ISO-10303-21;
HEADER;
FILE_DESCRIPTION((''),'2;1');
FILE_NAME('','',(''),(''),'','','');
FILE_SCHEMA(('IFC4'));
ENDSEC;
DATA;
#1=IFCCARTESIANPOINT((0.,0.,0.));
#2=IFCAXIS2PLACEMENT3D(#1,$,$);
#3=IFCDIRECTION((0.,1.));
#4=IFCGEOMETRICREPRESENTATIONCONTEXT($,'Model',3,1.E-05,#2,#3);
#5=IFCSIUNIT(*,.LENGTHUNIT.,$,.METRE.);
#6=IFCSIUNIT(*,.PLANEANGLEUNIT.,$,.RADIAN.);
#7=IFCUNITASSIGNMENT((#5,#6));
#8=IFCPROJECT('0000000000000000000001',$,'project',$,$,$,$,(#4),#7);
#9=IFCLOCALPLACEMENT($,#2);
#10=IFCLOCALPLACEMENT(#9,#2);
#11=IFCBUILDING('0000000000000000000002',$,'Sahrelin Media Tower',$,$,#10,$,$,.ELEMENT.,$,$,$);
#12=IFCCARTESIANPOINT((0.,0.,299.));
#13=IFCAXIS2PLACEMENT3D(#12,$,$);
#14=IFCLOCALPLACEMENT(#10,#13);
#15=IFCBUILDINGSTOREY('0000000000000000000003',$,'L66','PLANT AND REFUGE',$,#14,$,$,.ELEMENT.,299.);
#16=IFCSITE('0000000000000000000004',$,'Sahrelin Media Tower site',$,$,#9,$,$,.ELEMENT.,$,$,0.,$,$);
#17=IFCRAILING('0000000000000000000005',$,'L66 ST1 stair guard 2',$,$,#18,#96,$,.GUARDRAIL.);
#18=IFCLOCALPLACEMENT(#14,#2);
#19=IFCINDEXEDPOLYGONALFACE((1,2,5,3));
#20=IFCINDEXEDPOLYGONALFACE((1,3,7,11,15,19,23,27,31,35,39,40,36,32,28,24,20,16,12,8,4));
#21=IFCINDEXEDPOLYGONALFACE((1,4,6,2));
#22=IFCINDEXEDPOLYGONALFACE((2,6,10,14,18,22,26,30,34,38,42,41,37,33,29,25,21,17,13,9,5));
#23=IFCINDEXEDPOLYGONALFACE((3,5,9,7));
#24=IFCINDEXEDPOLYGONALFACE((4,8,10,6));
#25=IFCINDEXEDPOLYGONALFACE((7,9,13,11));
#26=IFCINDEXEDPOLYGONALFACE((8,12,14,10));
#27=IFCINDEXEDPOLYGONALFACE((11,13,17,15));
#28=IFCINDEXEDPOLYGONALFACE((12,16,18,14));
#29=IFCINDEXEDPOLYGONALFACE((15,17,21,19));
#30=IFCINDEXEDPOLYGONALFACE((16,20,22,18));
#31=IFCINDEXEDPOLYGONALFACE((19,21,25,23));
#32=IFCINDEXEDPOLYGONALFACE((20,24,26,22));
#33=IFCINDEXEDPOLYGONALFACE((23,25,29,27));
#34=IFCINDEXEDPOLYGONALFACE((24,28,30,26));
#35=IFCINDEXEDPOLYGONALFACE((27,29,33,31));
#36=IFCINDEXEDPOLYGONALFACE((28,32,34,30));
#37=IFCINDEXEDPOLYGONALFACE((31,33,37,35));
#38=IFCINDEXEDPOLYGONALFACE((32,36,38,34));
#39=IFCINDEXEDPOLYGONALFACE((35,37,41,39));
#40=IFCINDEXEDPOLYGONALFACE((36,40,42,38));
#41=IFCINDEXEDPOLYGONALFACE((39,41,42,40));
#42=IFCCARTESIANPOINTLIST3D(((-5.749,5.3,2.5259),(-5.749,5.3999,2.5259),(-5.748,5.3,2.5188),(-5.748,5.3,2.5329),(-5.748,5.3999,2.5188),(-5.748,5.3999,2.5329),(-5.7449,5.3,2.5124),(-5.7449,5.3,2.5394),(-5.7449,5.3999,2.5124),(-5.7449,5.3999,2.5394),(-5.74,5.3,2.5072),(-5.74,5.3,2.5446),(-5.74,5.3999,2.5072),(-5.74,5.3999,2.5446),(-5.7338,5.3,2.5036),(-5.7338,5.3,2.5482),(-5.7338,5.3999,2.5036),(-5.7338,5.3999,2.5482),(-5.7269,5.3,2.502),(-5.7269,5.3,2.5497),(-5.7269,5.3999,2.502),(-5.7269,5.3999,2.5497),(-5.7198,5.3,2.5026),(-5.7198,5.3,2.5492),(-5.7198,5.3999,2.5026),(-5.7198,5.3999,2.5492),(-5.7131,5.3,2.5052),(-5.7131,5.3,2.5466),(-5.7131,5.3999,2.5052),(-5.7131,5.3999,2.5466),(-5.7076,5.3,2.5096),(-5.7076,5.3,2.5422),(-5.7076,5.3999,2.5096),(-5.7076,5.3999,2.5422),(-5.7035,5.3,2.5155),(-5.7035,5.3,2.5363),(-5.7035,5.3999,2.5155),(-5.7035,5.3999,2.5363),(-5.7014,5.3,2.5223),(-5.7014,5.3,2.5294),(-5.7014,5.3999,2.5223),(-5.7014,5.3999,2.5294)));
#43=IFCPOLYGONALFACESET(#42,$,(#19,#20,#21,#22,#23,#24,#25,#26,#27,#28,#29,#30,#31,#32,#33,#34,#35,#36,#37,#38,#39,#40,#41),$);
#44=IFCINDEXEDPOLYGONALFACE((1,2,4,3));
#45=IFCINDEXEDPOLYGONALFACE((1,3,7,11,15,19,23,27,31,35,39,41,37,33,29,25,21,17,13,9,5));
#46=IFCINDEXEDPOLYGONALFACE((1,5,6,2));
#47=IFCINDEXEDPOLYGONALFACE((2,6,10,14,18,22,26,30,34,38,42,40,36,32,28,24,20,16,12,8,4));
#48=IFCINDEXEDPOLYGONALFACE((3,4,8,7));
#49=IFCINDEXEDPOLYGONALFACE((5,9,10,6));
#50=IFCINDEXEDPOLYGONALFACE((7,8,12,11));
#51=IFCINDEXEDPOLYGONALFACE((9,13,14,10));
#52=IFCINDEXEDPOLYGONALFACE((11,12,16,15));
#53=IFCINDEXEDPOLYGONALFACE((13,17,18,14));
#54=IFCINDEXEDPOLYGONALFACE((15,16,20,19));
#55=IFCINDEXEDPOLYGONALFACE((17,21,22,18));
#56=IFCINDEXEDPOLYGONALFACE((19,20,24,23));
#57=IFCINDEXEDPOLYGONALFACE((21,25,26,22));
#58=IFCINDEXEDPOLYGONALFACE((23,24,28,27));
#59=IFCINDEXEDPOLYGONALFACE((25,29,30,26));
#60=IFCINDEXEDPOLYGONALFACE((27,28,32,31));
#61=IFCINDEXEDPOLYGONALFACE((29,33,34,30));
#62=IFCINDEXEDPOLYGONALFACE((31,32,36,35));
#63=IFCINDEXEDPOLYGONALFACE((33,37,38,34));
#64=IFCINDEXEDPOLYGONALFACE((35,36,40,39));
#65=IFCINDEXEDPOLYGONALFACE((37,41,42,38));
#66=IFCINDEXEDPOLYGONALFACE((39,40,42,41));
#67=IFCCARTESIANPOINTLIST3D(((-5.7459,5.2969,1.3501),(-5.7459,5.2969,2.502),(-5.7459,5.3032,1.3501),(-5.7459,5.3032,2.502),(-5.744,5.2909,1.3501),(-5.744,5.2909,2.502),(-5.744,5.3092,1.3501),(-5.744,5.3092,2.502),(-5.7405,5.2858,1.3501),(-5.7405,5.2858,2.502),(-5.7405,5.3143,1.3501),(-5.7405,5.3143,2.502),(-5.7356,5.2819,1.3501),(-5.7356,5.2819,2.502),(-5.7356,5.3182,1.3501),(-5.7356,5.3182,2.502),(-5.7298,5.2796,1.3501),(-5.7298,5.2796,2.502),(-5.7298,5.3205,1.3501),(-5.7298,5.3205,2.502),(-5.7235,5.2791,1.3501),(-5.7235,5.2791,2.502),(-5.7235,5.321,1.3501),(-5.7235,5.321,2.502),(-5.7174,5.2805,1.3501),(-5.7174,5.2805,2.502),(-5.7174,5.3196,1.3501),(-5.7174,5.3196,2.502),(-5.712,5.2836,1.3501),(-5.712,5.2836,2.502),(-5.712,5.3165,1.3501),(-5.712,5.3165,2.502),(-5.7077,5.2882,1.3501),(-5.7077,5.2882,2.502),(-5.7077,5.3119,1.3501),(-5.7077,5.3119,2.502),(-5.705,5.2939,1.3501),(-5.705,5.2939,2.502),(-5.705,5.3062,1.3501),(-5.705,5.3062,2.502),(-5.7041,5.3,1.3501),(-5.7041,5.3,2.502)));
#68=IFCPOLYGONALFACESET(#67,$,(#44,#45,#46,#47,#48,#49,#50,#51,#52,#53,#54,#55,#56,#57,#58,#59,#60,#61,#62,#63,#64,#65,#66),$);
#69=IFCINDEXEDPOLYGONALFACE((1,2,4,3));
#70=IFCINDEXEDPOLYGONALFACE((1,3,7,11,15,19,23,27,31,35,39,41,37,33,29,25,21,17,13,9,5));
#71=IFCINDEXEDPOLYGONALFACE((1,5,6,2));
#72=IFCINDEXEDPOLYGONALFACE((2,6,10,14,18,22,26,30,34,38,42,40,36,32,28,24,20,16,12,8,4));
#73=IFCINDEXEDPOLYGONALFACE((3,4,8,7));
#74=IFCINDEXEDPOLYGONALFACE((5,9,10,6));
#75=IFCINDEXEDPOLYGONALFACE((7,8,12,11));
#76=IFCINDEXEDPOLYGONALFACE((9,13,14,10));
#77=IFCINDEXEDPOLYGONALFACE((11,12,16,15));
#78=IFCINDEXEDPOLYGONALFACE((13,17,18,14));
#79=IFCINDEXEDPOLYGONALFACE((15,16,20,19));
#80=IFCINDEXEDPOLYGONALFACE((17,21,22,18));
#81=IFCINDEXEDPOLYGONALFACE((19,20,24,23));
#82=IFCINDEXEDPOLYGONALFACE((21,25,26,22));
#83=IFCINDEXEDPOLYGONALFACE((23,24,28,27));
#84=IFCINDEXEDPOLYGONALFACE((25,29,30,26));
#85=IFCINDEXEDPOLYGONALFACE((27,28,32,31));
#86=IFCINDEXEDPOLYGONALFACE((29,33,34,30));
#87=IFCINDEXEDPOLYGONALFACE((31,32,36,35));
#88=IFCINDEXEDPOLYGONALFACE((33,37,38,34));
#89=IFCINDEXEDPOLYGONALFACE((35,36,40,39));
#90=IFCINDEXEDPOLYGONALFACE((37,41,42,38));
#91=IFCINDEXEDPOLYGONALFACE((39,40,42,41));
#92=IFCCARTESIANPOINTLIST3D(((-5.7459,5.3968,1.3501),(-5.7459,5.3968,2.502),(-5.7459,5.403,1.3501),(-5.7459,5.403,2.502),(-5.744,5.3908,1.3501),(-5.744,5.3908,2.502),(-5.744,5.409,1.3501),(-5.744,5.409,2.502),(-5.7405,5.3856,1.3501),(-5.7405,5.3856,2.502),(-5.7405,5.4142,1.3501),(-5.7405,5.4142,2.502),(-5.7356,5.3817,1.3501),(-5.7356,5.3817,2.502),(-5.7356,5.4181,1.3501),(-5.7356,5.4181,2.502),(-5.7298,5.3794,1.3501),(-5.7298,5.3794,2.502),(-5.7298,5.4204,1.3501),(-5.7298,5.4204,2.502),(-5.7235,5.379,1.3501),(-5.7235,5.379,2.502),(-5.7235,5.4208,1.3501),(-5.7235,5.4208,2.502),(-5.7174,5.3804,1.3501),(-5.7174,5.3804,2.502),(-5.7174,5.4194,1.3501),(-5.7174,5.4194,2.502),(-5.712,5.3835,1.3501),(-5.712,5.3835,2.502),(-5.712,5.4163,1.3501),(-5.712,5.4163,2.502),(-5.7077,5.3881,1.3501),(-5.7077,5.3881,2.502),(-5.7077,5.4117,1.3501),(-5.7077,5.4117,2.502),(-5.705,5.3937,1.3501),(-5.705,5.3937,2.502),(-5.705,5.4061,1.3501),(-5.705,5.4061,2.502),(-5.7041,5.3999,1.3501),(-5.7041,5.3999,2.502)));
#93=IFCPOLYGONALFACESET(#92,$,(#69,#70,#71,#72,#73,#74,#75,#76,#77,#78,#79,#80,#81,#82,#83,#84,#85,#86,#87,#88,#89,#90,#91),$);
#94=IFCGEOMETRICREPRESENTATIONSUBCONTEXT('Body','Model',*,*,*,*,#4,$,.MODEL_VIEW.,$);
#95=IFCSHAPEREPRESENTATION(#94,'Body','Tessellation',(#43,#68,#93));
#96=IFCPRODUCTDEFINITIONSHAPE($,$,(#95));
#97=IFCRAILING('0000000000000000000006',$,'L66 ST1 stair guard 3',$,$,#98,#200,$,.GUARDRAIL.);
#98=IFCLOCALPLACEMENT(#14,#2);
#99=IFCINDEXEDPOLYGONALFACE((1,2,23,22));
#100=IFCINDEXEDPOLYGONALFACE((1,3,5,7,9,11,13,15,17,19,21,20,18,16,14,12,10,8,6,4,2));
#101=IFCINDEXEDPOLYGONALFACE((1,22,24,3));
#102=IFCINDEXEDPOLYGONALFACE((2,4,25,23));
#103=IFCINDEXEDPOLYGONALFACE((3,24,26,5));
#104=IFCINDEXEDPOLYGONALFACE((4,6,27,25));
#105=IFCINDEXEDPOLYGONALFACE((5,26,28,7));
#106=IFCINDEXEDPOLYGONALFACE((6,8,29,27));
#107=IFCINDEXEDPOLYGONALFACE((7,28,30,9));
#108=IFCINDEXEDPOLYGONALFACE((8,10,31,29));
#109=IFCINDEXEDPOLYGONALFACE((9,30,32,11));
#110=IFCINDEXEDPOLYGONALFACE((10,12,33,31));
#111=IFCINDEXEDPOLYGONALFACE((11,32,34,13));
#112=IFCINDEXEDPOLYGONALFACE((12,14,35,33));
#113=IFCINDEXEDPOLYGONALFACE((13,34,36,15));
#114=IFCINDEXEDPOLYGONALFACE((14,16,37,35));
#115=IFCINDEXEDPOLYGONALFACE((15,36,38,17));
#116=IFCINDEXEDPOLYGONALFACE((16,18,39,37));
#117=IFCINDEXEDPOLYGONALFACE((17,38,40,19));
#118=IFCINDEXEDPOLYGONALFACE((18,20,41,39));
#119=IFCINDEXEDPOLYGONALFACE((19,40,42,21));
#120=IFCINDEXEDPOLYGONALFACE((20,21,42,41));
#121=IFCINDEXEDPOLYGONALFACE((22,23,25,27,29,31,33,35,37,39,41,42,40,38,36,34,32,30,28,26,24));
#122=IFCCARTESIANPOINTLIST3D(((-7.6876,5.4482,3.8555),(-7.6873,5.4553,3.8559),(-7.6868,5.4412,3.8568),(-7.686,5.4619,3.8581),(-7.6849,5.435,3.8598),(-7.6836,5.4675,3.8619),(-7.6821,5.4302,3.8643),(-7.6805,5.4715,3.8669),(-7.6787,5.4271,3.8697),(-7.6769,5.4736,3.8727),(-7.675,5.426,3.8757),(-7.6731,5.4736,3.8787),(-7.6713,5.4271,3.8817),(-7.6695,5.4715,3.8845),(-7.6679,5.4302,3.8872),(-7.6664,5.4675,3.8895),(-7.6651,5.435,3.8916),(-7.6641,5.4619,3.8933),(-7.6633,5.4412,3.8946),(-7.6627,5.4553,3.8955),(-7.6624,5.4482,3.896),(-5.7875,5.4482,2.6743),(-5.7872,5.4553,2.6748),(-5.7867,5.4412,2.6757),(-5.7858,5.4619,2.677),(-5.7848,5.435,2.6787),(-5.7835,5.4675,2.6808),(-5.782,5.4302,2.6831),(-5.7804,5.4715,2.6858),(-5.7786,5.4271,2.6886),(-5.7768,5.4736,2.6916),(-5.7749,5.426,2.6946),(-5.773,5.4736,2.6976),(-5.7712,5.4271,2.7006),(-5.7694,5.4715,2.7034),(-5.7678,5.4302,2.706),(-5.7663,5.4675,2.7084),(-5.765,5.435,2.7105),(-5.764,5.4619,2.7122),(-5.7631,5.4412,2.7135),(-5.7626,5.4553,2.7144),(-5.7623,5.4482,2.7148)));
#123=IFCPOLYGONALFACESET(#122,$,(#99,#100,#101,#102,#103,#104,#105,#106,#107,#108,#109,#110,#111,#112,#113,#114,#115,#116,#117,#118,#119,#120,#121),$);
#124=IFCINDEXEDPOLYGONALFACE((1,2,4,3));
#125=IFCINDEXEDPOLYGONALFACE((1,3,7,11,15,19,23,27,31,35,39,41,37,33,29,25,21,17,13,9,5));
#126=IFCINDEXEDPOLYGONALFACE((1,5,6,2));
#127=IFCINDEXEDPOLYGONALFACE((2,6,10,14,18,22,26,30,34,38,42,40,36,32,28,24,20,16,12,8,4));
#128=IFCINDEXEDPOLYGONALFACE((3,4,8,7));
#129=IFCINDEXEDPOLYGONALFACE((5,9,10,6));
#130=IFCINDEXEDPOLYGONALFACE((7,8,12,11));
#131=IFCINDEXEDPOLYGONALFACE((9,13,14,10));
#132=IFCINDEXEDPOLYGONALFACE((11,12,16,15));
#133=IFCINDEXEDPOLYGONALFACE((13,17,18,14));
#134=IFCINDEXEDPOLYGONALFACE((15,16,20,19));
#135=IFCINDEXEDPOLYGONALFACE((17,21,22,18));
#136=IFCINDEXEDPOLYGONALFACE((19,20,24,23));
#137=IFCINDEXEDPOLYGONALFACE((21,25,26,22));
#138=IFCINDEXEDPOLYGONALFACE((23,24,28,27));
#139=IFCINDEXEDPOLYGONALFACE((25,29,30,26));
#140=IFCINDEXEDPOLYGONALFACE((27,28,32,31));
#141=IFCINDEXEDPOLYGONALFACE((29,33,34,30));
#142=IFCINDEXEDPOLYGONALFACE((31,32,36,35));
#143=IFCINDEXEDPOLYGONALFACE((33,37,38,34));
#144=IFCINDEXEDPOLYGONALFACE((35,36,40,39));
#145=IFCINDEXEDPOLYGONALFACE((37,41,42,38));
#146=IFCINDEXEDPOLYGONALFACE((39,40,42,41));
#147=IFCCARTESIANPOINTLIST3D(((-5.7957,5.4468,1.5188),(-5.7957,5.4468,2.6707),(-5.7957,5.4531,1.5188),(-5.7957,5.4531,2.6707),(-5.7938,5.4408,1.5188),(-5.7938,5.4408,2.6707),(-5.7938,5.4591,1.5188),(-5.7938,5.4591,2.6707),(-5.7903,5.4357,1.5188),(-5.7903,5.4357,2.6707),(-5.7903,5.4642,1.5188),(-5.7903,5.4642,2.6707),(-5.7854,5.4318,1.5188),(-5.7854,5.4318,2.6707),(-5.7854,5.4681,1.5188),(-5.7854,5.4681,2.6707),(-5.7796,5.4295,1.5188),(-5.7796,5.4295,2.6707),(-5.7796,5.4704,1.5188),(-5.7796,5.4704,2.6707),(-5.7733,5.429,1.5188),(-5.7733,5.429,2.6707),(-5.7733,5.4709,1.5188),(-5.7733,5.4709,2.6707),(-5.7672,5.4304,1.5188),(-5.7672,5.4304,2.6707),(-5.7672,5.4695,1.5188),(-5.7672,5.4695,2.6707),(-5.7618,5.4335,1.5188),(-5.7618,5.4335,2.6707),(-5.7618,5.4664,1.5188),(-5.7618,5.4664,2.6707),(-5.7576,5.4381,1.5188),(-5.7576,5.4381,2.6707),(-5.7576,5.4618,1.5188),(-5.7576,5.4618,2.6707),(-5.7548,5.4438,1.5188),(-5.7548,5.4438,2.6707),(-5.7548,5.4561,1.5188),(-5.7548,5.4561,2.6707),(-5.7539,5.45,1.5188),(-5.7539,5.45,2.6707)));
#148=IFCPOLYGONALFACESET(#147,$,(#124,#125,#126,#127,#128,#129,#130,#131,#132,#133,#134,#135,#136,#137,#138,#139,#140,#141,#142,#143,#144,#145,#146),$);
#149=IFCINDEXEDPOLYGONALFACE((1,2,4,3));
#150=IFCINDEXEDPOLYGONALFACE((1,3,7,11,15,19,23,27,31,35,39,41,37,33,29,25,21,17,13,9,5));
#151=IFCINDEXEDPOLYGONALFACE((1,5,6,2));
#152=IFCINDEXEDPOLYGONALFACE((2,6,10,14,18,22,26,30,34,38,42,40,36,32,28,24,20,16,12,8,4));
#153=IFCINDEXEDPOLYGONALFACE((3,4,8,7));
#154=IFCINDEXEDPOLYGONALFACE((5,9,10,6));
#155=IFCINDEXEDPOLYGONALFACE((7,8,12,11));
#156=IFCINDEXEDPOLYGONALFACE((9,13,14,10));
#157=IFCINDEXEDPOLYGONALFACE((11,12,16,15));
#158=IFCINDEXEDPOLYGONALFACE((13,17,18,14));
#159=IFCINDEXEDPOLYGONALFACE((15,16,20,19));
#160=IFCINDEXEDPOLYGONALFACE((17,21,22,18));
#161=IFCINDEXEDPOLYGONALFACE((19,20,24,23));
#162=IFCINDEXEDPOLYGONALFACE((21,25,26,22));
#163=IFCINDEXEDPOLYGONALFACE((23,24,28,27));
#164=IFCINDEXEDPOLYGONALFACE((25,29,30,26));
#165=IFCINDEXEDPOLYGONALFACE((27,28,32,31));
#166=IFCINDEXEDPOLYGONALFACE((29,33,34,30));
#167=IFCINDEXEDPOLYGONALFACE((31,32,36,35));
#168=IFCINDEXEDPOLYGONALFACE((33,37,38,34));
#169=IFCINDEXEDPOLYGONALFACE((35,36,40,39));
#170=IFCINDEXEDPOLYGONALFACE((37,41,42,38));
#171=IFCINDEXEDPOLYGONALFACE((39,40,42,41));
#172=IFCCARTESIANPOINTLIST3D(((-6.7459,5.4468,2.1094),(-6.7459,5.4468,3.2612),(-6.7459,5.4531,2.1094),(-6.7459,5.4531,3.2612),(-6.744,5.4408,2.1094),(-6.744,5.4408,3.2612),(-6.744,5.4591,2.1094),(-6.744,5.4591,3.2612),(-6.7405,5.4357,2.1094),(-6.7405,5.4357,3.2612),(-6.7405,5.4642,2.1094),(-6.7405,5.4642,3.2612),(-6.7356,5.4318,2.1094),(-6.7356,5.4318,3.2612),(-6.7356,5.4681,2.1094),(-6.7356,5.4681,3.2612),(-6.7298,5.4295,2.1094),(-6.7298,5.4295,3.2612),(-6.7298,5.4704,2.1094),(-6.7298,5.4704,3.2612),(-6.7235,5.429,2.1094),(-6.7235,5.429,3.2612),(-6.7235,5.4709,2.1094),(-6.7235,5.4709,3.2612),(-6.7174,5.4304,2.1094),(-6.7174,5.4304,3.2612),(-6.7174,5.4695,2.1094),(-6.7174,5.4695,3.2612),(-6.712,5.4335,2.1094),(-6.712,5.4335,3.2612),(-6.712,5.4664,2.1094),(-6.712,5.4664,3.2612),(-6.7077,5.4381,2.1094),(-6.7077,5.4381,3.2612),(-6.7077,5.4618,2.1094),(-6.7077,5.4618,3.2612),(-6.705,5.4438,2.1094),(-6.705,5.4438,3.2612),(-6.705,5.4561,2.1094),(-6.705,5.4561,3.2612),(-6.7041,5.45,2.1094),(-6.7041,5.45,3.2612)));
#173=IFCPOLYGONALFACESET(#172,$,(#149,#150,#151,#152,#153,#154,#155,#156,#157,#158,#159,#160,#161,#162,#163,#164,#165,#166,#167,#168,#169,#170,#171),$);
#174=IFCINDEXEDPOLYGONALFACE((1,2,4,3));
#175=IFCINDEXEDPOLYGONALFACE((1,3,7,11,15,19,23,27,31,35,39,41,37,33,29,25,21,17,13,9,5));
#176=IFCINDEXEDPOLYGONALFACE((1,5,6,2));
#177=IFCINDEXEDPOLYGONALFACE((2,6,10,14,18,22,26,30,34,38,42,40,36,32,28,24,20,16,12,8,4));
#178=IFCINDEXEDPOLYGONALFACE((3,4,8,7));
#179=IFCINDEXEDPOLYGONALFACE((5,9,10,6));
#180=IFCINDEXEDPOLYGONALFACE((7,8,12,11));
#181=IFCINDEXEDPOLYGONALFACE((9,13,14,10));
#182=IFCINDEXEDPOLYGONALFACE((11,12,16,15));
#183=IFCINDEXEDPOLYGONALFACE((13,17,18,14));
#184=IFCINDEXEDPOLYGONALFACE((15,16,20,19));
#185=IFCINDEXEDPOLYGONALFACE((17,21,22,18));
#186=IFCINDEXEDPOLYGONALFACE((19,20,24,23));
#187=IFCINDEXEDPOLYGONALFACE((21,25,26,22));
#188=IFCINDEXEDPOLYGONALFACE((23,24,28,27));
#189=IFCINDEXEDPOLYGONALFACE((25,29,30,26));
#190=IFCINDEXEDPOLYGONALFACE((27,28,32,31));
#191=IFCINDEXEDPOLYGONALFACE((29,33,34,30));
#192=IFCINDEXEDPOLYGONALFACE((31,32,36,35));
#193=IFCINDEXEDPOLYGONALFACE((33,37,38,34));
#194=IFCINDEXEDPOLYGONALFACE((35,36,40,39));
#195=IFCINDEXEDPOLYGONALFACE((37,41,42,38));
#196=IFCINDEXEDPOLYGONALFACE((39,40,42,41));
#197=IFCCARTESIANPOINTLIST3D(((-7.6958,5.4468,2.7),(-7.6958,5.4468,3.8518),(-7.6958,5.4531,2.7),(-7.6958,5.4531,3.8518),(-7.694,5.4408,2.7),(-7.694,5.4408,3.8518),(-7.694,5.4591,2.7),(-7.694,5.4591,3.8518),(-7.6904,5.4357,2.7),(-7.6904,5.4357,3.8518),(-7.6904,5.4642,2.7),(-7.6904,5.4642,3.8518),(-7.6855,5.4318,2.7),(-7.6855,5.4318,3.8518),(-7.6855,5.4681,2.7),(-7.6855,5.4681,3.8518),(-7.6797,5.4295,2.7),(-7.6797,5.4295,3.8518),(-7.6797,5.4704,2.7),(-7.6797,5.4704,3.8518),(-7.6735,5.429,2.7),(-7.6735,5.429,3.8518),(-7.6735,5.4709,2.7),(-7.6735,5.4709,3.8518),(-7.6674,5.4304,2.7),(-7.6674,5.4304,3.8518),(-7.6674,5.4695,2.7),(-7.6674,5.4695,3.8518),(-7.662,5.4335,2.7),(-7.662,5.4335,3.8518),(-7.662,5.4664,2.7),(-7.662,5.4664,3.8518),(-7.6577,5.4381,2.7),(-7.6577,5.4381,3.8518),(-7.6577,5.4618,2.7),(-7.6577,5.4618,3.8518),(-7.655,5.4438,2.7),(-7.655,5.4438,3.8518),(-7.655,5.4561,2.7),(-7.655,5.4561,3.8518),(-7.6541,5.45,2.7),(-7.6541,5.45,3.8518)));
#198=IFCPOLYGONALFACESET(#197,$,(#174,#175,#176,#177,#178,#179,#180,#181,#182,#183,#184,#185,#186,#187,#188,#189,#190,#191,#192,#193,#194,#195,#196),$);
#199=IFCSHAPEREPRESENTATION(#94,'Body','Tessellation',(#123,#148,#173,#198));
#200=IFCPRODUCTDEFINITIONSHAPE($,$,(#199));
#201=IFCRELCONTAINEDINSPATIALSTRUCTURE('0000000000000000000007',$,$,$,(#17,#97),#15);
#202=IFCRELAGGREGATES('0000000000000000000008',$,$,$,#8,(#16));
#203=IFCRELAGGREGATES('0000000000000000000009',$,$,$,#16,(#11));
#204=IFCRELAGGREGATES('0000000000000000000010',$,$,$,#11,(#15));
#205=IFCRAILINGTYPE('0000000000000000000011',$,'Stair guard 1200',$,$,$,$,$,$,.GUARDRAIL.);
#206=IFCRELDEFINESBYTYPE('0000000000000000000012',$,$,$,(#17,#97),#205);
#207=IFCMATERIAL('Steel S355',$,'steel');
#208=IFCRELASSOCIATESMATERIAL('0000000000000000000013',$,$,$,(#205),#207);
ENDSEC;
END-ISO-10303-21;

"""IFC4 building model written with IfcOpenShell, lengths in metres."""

from ifc_helpers import new_model, si_unit, direction, frame, origin, origin_2d, place, context, subcontext, project, spatial, circle, extrude, material, type_object, element, save


model = new_model("IFC4")

# Units and contexts
model_context = context("Model", 3, precision=1e-05, world=origin(), true_north=direction((0.0, 1.0)))
body_context = subcontext(model_context, "Body", "Model", "MODEL_VIEW")
ifc_project = project(units=[si_unit("LENGTHUNIT", "METRE"), si_unit("PLANEANGLEUNIT", "RADIAN")], contexts=[model_context])

# Site, building, storey
site_placement = place(None, origin())
site = spatial("IfcSite", under=ifc_project, at=site_placement, Name="Sahrelin Media Tower site", CompositionType="ELEMENT", RefElevation=0.0)
building_placement = place(site_placement, origin())
building = spatial("IfcBuilding", under=site, at=building_placement, Name="Sahrelin Media Tower", CompositionType="ELEMENT")
storey_placement = place(building_placement, frame((0.0, 0.0, 299.0)))
storey = spatial("IfcBuildingStorey", under=building, at=storey_placement, Name="L66", Description="PLANT AND REFUGE", CompositionType="ELEMENT", Elevation=299.0)

# Shared definitions
ifc_material_1 = material(Name="Steel S355", Category="steel")

# Railings
railing_type_1 = type_object("IfcRailingType", Name="Stair guard 1200", PredefinedType="GUARDRAIL", material=ifc_material_1)
railing_1_placement = place(storey_placement, frame((-5.7251, 5.3, 1.3501)))
element("IfcRailing", 1, at=railing_1_placement, inside=storey, type_object=railing_type_1, Name="L66 ST1 stair guard 2", PredefinedType="GUARDRAIL", context=body_context, shape_type="SweptSolid", body=[
    extrude(circle(Radius=0.0239, at=origin_2d()), frame((0.0, 0.0, 1.1758), z_axis=(0.0, 1.0, 0.0), x_axis=(-1.0, 0.0, 0.0)), (0.0, 0.0, 1.0), 0.0999),
    extrude(circle(Radius=0.021, at=origin_2d()), origin(), (0.0, 0.0, 1.0), 1.1519),
    extrude(circle(Radius=0.021, at=origin_2d()), frame((0.0, 0.0999, 0.0)), (0.0, 0.0, 1.0), 1.1519),
])
railing_2_placement = place(storey_placement, frame((-5.7749, 5.45, 1.5188)))
element("IfcRailing", 2, at=railing_2_placement, inside=storey, type_object=railing_type_1, Name="L66 ST1 stair guard 3", PredefinedType="GUARDRAIL", context=body_context, shape_type="SweptSolid", body=[
    extrude(circle(Radius=0.0239, at=origin_2d()), frame((0.0, 0.0, 1.1758), z_axis=(-0.849289, 0.0, 0.527928), x_axis=(0.0, -1.0, 0.0)), (0.0, 0.0, 1.0), 2.2373),
    extrude(circle(Radius=0.021, at=origin_2d()), origin(), (0.0, 0.0, 1.0), 1.1519),
    extrude(circle(Radius=0.021, at=origin_2d()), frame((-0.9502, 0.0, 0.5906)), (0.0, 0.0, 1.0), 1.1519),
    extrude(circle(Radius=0.021, at=origin_2d()), frame((-1.9001, 0.0, 1.1812)), (0.0, 0.0, 1.0), 1.1519),
])

save(model, "model.ifc")
